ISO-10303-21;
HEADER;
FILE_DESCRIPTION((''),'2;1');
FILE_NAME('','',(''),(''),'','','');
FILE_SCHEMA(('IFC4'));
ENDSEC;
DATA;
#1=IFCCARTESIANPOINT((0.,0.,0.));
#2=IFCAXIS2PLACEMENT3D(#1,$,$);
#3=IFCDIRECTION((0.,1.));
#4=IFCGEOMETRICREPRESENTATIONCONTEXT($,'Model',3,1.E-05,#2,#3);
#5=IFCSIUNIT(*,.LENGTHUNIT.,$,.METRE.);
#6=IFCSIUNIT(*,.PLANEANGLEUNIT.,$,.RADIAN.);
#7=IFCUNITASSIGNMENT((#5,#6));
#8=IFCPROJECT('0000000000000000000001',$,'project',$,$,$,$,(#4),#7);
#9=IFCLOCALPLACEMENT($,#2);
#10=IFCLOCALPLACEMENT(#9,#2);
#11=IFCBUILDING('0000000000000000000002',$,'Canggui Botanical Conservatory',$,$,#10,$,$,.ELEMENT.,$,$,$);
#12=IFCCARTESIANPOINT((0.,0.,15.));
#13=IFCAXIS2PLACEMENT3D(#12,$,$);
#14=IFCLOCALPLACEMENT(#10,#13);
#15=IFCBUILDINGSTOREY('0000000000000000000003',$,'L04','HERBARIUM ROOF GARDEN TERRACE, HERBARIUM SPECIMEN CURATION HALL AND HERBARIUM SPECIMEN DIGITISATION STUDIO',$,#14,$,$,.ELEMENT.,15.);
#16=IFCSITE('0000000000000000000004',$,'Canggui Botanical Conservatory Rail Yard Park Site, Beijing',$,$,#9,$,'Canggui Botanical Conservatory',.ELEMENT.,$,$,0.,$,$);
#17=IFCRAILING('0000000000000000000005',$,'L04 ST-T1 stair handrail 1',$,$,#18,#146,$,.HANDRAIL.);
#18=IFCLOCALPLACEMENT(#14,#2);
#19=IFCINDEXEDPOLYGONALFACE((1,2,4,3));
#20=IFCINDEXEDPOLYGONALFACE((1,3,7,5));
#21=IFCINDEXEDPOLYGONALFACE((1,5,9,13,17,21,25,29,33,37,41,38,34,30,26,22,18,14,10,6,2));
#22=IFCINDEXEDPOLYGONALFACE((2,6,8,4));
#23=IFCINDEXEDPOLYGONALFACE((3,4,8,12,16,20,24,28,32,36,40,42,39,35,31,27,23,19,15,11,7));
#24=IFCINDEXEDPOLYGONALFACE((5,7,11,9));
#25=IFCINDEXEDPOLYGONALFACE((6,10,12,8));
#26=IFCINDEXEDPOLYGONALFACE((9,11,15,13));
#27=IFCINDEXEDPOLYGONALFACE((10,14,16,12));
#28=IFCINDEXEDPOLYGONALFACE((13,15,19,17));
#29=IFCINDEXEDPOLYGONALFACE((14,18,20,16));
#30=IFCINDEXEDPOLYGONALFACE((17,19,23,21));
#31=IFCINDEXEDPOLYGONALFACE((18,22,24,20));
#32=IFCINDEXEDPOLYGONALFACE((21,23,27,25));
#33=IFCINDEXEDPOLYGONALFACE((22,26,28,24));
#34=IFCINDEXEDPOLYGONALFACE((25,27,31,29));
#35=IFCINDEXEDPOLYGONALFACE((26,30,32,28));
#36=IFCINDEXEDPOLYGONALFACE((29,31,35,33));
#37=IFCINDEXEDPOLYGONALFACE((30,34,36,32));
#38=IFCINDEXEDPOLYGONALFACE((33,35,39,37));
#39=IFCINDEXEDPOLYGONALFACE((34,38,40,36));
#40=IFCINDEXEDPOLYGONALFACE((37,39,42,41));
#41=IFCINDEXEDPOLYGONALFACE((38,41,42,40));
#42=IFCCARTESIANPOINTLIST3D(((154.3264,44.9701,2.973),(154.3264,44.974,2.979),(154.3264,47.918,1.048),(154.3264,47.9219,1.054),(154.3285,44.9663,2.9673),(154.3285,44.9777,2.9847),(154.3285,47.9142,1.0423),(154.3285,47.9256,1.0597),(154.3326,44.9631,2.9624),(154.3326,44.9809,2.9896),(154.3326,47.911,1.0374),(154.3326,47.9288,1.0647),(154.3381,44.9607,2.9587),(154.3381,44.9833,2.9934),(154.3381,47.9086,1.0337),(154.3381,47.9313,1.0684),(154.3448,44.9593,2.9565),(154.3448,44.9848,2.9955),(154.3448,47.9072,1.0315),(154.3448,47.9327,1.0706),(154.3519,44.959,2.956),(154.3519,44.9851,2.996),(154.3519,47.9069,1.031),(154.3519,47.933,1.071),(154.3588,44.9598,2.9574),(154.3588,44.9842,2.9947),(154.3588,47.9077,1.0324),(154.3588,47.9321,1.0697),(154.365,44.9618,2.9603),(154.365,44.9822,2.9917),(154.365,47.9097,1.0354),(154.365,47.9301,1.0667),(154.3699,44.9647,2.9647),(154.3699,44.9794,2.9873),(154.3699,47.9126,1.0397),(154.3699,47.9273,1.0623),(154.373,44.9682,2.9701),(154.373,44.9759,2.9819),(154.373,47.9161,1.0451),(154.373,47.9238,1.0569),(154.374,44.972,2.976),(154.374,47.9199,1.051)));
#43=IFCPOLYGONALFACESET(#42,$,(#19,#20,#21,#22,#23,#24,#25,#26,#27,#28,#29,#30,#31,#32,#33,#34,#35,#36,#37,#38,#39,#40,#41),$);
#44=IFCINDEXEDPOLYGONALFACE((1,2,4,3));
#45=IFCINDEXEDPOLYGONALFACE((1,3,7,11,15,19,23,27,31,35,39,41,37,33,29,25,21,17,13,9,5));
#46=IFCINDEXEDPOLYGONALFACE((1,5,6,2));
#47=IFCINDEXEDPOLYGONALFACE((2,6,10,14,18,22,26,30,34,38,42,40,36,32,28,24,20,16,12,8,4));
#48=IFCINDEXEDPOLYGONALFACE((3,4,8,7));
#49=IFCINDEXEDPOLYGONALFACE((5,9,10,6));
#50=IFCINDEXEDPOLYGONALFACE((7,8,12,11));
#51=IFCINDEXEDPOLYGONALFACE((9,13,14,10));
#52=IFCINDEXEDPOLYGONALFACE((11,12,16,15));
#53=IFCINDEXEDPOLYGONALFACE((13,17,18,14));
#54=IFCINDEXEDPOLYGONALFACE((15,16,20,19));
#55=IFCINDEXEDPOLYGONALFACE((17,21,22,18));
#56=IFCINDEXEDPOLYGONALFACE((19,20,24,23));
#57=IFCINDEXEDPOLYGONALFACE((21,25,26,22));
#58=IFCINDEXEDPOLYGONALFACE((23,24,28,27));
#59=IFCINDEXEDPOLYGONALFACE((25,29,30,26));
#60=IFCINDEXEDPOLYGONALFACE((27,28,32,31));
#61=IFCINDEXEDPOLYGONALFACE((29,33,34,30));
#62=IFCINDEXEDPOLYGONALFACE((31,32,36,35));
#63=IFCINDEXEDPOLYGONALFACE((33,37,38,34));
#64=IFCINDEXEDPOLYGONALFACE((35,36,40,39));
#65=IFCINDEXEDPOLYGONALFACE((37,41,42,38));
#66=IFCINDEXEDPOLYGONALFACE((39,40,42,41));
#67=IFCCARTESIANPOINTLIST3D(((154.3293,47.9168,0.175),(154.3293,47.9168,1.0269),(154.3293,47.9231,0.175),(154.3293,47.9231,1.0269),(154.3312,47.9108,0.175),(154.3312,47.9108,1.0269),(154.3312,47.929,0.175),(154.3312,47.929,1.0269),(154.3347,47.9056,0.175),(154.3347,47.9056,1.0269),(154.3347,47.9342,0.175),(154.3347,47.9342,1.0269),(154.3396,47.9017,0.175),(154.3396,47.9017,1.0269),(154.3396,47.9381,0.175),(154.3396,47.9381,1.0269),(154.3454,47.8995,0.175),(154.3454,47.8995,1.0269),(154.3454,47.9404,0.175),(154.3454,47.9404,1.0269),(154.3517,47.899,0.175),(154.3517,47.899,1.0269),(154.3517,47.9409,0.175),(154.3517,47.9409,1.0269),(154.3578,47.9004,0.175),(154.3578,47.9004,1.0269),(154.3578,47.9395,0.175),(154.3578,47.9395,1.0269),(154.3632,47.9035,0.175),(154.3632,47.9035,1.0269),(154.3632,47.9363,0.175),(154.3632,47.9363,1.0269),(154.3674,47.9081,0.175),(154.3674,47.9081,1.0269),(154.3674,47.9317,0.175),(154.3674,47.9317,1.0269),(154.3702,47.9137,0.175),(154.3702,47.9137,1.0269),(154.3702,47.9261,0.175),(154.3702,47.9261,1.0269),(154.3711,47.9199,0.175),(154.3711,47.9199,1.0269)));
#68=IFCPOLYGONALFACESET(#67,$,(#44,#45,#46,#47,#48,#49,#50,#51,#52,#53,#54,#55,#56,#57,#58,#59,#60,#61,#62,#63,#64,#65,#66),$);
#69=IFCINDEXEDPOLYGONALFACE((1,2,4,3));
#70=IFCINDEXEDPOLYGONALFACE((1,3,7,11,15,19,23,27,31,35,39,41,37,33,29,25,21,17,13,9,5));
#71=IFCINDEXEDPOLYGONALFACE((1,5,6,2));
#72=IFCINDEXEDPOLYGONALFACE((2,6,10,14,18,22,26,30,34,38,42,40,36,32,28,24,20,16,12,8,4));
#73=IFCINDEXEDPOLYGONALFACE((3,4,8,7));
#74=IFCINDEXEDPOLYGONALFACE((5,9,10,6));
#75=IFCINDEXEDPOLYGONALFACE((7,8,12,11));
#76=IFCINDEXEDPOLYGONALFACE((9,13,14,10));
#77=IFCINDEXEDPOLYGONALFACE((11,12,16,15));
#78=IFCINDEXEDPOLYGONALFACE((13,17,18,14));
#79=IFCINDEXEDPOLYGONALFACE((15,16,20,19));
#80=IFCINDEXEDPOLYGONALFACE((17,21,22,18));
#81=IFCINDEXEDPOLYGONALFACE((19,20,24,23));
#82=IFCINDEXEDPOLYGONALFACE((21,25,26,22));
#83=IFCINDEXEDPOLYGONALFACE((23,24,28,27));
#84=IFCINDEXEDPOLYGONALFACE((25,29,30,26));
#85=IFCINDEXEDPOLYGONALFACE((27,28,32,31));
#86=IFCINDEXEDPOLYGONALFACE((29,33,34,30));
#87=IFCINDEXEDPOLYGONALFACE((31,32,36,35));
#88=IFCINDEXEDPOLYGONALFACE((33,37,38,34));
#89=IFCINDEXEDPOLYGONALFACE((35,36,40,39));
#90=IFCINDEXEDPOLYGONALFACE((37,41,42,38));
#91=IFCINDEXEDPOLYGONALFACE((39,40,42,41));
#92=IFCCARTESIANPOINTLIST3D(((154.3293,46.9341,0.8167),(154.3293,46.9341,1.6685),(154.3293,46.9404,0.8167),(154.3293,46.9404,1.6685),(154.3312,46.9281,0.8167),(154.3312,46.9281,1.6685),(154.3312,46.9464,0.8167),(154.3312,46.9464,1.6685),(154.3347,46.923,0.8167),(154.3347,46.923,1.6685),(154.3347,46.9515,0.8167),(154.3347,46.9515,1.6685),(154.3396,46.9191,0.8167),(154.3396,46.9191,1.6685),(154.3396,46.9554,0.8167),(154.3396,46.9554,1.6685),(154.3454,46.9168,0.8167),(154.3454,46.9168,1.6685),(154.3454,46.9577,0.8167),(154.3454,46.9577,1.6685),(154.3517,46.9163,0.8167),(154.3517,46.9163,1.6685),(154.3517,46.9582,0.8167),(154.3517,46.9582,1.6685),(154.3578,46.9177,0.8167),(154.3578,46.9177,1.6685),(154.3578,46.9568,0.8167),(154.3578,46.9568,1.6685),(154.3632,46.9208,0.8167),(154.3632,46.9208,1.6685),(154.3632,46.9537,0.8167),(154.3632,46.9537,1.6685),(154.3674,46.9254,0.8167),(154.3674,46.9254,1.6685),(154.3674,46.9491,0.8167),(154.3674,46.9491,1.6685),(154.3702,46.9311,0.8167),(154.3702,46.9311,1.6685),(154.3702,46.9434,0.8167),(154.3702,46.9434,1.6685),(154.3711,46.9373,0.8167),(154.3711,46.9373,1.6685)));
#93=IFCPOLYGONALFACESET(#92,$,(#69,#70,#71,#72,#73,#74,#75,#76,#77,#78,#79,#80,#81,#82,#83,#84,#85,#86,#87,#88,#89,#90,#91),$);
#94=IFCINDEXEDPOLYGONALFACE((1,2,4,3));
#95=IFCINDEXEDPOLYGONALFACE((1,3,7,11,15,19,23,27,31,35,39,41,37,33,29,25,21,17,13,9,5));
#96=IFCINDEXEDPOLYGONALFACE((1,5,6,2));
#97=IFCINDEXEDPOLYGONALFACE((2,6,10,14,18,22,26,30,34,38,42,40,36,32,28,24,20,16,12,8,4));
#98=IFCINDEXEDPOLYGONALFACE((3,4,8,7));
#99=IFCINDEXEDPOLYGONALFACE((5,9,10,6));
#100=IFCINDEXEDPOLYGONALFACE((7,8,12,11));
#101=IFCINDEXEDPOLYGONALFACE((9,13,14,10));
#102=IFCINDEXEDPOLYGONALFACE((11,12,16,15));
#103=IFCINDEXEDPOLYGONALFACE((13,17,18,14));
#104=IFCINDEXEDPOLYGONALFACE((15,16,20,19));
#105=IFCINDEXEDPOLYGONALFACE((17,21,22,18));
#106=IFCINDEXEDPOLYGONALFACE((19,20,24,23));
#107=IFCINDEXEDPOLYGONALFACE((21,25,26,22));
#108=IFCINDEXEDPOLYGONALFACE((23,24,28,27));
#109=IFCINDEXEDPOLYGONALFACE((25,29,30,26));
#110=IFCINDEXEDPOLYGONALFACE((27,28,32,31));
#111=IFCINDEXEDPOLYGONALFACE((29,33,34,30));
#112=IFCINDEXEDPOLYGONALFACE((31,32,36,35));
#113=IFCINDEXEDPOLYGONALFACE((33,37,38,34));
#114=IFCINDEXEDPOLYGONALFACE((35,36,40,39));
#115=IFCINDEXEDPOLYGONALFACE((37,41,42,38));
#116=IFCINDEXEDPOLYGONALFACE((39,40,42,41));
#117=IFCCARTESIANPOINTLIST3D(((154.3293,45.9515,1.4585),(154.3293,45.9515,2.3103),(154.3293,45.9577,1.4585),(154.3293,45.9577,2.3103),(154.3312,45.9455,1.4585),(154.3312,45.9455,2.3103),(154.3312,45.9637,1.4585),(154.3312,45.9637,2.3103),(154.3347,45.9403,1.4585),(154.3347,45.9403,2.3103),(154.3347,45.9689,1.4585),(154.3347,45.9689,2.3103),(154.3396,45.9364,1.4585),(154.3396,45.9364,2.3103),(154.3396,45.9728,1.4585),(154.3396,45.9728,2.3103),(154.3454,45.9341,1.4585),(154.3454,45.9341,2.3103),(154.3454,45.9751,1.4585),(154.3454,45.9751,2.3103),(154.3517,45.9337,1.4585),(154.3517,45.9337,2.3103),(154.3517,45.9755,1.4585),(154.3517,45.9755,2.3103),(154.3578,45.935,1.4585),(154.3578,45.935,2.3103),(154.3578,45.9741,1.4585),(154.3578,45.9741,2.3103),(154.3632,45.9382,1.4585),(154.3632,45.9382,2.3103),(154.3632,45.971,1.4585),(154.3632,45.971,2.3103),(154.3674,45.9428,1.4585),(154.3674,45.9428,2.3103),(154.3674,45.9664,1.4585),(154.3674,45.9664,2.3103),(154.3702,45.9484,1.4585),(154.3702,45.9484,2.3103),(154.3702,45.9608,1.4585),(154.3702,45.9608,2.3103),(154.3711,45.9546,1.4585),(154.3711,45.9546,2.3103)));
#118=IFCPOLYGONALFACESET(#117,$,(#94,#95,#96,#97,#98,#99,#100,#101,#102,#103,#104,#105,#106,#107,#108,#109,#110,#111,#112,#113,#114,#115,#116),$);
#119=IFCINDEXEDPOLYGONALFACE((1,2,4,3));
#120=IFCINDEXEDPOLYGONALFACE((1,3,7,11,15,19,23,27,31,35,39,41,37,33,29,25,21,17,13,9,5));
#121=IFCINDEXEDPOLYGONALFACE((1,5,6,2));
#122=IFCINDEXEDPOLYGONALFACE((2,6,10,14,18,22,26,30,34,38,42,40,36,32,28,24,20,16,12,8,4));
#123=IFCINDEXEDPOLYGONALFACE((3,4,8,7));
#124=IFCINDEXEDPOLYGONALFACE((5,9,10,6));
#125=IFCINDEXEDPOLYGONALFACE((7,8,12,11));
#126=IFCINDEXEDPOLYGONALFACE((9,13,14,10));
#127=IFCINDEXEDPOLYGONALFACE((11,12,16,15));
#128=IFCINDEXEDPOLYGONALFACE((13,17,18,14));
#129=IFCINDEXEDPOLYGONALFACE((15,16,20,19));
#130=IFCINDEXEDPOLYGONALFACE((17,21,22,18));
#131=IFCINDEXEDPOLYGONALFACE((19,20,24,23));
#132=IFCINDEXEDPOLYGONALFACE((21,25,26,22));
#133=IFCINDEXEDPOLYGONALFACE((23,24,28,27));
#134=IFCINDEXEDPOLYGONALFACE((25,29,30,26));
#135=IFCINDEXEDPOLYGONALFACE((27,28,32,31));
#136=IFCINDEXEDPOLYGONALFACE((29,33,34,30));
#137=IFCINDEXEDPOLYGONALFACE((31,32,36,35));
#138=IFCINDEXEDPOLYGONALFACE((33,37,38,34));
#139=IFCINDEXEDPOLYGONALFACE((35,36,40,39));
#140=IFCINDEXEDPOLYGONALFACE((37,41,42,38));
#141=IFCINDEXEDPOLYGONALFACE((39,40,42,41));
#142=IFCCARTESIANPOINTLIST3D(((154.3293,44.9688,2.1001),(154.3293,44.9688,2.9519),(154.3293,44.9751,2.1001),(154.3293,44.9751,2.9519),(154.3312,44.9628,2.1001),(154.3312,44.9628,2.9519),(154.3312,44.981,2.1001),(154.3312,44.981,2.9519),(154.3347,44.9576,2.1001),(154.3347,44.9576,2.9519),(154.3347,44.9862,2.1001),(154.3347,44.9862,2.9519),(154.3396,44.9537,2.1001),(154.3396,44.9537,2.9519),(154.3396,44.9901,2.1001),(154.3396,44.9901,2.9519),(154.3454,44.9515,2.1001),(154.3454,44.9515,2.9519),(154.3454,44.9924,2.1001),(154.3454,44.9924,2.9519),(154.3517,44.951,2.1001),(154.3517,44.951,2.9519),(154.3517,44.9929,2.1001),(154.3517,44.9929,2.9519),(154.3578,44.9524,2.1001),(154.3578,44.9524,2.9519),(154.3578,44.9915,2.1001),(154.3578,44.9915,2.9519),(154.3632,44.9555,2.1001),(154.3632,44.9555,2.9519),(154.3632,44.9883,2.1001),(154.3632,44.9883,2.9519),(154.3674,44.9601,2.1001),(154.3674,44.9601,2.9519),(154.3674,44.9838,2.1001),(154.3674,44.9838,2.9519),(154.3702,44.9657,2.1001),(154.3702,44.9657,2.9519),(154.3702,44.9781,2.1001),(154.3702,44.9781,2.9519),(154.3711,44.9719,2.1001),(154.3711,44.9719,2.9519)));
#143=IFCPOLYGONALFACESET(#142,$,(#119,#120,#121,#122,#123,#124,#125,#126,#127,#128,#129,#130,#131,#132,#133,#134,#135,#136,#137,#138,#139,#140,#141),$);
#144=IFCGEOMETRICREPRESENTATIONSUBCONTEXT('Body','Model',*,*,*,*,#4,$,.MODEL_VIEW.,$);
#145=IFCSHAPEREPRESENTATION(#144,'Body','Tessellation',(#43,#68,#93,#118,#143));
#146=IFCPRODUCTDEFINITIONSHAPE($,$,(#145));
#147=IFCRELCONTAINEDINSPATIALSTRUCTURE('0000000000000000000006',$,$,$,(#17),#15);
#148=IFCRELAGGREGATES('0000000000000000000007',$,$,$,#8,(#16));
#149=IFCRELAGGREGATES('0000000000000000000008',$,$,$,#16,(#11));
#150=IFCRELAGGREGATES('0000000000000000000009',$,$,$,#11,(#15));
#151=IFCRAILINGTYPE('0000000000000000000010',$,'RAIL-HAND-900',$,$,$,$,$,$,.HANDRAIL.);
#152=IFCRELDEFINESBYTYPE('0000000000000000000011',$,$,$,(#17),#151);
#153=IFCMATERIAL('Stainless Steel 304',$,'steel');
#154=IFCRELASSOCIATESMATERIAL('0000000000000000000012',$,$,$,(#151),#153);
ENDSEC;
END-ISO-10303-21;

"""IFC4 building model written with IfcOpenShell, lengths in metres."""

from ifc_helpers import new_model, si_unit, direction, frame, origin, origin_2d, place, context, subcontext, project, spatial, circle, extrude, material, type_object, element, save


model = new_model("IFC4")

# Units and contexts
model_context = context("Model", 3, precision=1e-05, world=origin(), true_north=direction((0.0, 1.0)))
body_context = subcontext(model_context, "Body", "Model", "MODEL_VIEW")
ifc_project = project(units=[si_unit("LENGTHUNIT", "METRE"), si_unit("PLANEANGLEUNIT", "RADIAN")], contexts=[model_context])

# Site, building, storey
site_placement = place(None, origin())
site = spatial("IfcSite", under=ifc_project, at=site_placement, Name="Canggui Botanical Conservatory Rail Yard Park Site, Beijing", LongName="Canggui Botanical Conservatory", CompositionType="ELEMENT", RefElevation=0.0)
building_placement = place(site_placement, origin())
building = spatial("IfcBuilding", under=site, at=building_placement, Name="Canggui Botanical Conservatory", CompositionType="ELEMENT")
storey_placement = place(building_placement, frame((0.0, 0.0, 15.0)))
storey = spatial("IfcBuildingStorey", under=building, at=storey_placement, Name="L04", Description="HERBARIUM ROOF GARDEN TERRACE, HERBARIUM SPECIMEN CURATION HALL AND HERBARIUM SPECIMEN DIGITISATION STUDIO", CompositionType="ELEMENT", Elevation=15.0)

# Shared definitions
ifc_material_1 = material(Name="Stainless Steel 304", Category="steel")

# Railing
railing_type_1 = type_object("IfcRailingType", Name="RAIL-HAND-900", PredefinedType="HANDRAIL", material=ifc_material_1)
railing_1_placement = place(storey_placement, frame((154.3501, 47.9199, 0.175)))
element("IfcRailing", 1, at=railing_1_placement, inside=storey, type_object=railing_type_1, Name="L04 ST-T1 stair handrail 1", PredefinedType="HANDRAIL", context=body_context, shape_type="SweptSolid", body=[
    extrude(circle(Radius=0.0239, at=origin_2d()), frame((0.0, 0.0, 0.876), z_axis=(0.0, -0.837293, 0.546754), x_axis=(1.0, 0.0, 0.0)), (0.0, 0.0, 1.0), 3.5208),
    extrude(circle(Radius=0.021, at=origin_2d()), origin(), (0.0, 0.0, 1.0), 0.8518),
    extrude(circle(Radius=0.021, at=origin_2d()), frame((0.0, -0.9827, 0.6416)), (0.0, 0.0, 1.0), 0.8518),
    extrude(circle(Radius=0.021, at=origin_2d()), frame((0.0, -1.9653, 1.2834)), (0.0, 0.0, 1.0), 0.8518),
    extrude(circle(Radius=0.021, at=origin_2d()), frame((0.0, -2.948, 1.925)), (0.0, 0.0, 1.0), 0.8518),
])

save(model, "model.ifc")
